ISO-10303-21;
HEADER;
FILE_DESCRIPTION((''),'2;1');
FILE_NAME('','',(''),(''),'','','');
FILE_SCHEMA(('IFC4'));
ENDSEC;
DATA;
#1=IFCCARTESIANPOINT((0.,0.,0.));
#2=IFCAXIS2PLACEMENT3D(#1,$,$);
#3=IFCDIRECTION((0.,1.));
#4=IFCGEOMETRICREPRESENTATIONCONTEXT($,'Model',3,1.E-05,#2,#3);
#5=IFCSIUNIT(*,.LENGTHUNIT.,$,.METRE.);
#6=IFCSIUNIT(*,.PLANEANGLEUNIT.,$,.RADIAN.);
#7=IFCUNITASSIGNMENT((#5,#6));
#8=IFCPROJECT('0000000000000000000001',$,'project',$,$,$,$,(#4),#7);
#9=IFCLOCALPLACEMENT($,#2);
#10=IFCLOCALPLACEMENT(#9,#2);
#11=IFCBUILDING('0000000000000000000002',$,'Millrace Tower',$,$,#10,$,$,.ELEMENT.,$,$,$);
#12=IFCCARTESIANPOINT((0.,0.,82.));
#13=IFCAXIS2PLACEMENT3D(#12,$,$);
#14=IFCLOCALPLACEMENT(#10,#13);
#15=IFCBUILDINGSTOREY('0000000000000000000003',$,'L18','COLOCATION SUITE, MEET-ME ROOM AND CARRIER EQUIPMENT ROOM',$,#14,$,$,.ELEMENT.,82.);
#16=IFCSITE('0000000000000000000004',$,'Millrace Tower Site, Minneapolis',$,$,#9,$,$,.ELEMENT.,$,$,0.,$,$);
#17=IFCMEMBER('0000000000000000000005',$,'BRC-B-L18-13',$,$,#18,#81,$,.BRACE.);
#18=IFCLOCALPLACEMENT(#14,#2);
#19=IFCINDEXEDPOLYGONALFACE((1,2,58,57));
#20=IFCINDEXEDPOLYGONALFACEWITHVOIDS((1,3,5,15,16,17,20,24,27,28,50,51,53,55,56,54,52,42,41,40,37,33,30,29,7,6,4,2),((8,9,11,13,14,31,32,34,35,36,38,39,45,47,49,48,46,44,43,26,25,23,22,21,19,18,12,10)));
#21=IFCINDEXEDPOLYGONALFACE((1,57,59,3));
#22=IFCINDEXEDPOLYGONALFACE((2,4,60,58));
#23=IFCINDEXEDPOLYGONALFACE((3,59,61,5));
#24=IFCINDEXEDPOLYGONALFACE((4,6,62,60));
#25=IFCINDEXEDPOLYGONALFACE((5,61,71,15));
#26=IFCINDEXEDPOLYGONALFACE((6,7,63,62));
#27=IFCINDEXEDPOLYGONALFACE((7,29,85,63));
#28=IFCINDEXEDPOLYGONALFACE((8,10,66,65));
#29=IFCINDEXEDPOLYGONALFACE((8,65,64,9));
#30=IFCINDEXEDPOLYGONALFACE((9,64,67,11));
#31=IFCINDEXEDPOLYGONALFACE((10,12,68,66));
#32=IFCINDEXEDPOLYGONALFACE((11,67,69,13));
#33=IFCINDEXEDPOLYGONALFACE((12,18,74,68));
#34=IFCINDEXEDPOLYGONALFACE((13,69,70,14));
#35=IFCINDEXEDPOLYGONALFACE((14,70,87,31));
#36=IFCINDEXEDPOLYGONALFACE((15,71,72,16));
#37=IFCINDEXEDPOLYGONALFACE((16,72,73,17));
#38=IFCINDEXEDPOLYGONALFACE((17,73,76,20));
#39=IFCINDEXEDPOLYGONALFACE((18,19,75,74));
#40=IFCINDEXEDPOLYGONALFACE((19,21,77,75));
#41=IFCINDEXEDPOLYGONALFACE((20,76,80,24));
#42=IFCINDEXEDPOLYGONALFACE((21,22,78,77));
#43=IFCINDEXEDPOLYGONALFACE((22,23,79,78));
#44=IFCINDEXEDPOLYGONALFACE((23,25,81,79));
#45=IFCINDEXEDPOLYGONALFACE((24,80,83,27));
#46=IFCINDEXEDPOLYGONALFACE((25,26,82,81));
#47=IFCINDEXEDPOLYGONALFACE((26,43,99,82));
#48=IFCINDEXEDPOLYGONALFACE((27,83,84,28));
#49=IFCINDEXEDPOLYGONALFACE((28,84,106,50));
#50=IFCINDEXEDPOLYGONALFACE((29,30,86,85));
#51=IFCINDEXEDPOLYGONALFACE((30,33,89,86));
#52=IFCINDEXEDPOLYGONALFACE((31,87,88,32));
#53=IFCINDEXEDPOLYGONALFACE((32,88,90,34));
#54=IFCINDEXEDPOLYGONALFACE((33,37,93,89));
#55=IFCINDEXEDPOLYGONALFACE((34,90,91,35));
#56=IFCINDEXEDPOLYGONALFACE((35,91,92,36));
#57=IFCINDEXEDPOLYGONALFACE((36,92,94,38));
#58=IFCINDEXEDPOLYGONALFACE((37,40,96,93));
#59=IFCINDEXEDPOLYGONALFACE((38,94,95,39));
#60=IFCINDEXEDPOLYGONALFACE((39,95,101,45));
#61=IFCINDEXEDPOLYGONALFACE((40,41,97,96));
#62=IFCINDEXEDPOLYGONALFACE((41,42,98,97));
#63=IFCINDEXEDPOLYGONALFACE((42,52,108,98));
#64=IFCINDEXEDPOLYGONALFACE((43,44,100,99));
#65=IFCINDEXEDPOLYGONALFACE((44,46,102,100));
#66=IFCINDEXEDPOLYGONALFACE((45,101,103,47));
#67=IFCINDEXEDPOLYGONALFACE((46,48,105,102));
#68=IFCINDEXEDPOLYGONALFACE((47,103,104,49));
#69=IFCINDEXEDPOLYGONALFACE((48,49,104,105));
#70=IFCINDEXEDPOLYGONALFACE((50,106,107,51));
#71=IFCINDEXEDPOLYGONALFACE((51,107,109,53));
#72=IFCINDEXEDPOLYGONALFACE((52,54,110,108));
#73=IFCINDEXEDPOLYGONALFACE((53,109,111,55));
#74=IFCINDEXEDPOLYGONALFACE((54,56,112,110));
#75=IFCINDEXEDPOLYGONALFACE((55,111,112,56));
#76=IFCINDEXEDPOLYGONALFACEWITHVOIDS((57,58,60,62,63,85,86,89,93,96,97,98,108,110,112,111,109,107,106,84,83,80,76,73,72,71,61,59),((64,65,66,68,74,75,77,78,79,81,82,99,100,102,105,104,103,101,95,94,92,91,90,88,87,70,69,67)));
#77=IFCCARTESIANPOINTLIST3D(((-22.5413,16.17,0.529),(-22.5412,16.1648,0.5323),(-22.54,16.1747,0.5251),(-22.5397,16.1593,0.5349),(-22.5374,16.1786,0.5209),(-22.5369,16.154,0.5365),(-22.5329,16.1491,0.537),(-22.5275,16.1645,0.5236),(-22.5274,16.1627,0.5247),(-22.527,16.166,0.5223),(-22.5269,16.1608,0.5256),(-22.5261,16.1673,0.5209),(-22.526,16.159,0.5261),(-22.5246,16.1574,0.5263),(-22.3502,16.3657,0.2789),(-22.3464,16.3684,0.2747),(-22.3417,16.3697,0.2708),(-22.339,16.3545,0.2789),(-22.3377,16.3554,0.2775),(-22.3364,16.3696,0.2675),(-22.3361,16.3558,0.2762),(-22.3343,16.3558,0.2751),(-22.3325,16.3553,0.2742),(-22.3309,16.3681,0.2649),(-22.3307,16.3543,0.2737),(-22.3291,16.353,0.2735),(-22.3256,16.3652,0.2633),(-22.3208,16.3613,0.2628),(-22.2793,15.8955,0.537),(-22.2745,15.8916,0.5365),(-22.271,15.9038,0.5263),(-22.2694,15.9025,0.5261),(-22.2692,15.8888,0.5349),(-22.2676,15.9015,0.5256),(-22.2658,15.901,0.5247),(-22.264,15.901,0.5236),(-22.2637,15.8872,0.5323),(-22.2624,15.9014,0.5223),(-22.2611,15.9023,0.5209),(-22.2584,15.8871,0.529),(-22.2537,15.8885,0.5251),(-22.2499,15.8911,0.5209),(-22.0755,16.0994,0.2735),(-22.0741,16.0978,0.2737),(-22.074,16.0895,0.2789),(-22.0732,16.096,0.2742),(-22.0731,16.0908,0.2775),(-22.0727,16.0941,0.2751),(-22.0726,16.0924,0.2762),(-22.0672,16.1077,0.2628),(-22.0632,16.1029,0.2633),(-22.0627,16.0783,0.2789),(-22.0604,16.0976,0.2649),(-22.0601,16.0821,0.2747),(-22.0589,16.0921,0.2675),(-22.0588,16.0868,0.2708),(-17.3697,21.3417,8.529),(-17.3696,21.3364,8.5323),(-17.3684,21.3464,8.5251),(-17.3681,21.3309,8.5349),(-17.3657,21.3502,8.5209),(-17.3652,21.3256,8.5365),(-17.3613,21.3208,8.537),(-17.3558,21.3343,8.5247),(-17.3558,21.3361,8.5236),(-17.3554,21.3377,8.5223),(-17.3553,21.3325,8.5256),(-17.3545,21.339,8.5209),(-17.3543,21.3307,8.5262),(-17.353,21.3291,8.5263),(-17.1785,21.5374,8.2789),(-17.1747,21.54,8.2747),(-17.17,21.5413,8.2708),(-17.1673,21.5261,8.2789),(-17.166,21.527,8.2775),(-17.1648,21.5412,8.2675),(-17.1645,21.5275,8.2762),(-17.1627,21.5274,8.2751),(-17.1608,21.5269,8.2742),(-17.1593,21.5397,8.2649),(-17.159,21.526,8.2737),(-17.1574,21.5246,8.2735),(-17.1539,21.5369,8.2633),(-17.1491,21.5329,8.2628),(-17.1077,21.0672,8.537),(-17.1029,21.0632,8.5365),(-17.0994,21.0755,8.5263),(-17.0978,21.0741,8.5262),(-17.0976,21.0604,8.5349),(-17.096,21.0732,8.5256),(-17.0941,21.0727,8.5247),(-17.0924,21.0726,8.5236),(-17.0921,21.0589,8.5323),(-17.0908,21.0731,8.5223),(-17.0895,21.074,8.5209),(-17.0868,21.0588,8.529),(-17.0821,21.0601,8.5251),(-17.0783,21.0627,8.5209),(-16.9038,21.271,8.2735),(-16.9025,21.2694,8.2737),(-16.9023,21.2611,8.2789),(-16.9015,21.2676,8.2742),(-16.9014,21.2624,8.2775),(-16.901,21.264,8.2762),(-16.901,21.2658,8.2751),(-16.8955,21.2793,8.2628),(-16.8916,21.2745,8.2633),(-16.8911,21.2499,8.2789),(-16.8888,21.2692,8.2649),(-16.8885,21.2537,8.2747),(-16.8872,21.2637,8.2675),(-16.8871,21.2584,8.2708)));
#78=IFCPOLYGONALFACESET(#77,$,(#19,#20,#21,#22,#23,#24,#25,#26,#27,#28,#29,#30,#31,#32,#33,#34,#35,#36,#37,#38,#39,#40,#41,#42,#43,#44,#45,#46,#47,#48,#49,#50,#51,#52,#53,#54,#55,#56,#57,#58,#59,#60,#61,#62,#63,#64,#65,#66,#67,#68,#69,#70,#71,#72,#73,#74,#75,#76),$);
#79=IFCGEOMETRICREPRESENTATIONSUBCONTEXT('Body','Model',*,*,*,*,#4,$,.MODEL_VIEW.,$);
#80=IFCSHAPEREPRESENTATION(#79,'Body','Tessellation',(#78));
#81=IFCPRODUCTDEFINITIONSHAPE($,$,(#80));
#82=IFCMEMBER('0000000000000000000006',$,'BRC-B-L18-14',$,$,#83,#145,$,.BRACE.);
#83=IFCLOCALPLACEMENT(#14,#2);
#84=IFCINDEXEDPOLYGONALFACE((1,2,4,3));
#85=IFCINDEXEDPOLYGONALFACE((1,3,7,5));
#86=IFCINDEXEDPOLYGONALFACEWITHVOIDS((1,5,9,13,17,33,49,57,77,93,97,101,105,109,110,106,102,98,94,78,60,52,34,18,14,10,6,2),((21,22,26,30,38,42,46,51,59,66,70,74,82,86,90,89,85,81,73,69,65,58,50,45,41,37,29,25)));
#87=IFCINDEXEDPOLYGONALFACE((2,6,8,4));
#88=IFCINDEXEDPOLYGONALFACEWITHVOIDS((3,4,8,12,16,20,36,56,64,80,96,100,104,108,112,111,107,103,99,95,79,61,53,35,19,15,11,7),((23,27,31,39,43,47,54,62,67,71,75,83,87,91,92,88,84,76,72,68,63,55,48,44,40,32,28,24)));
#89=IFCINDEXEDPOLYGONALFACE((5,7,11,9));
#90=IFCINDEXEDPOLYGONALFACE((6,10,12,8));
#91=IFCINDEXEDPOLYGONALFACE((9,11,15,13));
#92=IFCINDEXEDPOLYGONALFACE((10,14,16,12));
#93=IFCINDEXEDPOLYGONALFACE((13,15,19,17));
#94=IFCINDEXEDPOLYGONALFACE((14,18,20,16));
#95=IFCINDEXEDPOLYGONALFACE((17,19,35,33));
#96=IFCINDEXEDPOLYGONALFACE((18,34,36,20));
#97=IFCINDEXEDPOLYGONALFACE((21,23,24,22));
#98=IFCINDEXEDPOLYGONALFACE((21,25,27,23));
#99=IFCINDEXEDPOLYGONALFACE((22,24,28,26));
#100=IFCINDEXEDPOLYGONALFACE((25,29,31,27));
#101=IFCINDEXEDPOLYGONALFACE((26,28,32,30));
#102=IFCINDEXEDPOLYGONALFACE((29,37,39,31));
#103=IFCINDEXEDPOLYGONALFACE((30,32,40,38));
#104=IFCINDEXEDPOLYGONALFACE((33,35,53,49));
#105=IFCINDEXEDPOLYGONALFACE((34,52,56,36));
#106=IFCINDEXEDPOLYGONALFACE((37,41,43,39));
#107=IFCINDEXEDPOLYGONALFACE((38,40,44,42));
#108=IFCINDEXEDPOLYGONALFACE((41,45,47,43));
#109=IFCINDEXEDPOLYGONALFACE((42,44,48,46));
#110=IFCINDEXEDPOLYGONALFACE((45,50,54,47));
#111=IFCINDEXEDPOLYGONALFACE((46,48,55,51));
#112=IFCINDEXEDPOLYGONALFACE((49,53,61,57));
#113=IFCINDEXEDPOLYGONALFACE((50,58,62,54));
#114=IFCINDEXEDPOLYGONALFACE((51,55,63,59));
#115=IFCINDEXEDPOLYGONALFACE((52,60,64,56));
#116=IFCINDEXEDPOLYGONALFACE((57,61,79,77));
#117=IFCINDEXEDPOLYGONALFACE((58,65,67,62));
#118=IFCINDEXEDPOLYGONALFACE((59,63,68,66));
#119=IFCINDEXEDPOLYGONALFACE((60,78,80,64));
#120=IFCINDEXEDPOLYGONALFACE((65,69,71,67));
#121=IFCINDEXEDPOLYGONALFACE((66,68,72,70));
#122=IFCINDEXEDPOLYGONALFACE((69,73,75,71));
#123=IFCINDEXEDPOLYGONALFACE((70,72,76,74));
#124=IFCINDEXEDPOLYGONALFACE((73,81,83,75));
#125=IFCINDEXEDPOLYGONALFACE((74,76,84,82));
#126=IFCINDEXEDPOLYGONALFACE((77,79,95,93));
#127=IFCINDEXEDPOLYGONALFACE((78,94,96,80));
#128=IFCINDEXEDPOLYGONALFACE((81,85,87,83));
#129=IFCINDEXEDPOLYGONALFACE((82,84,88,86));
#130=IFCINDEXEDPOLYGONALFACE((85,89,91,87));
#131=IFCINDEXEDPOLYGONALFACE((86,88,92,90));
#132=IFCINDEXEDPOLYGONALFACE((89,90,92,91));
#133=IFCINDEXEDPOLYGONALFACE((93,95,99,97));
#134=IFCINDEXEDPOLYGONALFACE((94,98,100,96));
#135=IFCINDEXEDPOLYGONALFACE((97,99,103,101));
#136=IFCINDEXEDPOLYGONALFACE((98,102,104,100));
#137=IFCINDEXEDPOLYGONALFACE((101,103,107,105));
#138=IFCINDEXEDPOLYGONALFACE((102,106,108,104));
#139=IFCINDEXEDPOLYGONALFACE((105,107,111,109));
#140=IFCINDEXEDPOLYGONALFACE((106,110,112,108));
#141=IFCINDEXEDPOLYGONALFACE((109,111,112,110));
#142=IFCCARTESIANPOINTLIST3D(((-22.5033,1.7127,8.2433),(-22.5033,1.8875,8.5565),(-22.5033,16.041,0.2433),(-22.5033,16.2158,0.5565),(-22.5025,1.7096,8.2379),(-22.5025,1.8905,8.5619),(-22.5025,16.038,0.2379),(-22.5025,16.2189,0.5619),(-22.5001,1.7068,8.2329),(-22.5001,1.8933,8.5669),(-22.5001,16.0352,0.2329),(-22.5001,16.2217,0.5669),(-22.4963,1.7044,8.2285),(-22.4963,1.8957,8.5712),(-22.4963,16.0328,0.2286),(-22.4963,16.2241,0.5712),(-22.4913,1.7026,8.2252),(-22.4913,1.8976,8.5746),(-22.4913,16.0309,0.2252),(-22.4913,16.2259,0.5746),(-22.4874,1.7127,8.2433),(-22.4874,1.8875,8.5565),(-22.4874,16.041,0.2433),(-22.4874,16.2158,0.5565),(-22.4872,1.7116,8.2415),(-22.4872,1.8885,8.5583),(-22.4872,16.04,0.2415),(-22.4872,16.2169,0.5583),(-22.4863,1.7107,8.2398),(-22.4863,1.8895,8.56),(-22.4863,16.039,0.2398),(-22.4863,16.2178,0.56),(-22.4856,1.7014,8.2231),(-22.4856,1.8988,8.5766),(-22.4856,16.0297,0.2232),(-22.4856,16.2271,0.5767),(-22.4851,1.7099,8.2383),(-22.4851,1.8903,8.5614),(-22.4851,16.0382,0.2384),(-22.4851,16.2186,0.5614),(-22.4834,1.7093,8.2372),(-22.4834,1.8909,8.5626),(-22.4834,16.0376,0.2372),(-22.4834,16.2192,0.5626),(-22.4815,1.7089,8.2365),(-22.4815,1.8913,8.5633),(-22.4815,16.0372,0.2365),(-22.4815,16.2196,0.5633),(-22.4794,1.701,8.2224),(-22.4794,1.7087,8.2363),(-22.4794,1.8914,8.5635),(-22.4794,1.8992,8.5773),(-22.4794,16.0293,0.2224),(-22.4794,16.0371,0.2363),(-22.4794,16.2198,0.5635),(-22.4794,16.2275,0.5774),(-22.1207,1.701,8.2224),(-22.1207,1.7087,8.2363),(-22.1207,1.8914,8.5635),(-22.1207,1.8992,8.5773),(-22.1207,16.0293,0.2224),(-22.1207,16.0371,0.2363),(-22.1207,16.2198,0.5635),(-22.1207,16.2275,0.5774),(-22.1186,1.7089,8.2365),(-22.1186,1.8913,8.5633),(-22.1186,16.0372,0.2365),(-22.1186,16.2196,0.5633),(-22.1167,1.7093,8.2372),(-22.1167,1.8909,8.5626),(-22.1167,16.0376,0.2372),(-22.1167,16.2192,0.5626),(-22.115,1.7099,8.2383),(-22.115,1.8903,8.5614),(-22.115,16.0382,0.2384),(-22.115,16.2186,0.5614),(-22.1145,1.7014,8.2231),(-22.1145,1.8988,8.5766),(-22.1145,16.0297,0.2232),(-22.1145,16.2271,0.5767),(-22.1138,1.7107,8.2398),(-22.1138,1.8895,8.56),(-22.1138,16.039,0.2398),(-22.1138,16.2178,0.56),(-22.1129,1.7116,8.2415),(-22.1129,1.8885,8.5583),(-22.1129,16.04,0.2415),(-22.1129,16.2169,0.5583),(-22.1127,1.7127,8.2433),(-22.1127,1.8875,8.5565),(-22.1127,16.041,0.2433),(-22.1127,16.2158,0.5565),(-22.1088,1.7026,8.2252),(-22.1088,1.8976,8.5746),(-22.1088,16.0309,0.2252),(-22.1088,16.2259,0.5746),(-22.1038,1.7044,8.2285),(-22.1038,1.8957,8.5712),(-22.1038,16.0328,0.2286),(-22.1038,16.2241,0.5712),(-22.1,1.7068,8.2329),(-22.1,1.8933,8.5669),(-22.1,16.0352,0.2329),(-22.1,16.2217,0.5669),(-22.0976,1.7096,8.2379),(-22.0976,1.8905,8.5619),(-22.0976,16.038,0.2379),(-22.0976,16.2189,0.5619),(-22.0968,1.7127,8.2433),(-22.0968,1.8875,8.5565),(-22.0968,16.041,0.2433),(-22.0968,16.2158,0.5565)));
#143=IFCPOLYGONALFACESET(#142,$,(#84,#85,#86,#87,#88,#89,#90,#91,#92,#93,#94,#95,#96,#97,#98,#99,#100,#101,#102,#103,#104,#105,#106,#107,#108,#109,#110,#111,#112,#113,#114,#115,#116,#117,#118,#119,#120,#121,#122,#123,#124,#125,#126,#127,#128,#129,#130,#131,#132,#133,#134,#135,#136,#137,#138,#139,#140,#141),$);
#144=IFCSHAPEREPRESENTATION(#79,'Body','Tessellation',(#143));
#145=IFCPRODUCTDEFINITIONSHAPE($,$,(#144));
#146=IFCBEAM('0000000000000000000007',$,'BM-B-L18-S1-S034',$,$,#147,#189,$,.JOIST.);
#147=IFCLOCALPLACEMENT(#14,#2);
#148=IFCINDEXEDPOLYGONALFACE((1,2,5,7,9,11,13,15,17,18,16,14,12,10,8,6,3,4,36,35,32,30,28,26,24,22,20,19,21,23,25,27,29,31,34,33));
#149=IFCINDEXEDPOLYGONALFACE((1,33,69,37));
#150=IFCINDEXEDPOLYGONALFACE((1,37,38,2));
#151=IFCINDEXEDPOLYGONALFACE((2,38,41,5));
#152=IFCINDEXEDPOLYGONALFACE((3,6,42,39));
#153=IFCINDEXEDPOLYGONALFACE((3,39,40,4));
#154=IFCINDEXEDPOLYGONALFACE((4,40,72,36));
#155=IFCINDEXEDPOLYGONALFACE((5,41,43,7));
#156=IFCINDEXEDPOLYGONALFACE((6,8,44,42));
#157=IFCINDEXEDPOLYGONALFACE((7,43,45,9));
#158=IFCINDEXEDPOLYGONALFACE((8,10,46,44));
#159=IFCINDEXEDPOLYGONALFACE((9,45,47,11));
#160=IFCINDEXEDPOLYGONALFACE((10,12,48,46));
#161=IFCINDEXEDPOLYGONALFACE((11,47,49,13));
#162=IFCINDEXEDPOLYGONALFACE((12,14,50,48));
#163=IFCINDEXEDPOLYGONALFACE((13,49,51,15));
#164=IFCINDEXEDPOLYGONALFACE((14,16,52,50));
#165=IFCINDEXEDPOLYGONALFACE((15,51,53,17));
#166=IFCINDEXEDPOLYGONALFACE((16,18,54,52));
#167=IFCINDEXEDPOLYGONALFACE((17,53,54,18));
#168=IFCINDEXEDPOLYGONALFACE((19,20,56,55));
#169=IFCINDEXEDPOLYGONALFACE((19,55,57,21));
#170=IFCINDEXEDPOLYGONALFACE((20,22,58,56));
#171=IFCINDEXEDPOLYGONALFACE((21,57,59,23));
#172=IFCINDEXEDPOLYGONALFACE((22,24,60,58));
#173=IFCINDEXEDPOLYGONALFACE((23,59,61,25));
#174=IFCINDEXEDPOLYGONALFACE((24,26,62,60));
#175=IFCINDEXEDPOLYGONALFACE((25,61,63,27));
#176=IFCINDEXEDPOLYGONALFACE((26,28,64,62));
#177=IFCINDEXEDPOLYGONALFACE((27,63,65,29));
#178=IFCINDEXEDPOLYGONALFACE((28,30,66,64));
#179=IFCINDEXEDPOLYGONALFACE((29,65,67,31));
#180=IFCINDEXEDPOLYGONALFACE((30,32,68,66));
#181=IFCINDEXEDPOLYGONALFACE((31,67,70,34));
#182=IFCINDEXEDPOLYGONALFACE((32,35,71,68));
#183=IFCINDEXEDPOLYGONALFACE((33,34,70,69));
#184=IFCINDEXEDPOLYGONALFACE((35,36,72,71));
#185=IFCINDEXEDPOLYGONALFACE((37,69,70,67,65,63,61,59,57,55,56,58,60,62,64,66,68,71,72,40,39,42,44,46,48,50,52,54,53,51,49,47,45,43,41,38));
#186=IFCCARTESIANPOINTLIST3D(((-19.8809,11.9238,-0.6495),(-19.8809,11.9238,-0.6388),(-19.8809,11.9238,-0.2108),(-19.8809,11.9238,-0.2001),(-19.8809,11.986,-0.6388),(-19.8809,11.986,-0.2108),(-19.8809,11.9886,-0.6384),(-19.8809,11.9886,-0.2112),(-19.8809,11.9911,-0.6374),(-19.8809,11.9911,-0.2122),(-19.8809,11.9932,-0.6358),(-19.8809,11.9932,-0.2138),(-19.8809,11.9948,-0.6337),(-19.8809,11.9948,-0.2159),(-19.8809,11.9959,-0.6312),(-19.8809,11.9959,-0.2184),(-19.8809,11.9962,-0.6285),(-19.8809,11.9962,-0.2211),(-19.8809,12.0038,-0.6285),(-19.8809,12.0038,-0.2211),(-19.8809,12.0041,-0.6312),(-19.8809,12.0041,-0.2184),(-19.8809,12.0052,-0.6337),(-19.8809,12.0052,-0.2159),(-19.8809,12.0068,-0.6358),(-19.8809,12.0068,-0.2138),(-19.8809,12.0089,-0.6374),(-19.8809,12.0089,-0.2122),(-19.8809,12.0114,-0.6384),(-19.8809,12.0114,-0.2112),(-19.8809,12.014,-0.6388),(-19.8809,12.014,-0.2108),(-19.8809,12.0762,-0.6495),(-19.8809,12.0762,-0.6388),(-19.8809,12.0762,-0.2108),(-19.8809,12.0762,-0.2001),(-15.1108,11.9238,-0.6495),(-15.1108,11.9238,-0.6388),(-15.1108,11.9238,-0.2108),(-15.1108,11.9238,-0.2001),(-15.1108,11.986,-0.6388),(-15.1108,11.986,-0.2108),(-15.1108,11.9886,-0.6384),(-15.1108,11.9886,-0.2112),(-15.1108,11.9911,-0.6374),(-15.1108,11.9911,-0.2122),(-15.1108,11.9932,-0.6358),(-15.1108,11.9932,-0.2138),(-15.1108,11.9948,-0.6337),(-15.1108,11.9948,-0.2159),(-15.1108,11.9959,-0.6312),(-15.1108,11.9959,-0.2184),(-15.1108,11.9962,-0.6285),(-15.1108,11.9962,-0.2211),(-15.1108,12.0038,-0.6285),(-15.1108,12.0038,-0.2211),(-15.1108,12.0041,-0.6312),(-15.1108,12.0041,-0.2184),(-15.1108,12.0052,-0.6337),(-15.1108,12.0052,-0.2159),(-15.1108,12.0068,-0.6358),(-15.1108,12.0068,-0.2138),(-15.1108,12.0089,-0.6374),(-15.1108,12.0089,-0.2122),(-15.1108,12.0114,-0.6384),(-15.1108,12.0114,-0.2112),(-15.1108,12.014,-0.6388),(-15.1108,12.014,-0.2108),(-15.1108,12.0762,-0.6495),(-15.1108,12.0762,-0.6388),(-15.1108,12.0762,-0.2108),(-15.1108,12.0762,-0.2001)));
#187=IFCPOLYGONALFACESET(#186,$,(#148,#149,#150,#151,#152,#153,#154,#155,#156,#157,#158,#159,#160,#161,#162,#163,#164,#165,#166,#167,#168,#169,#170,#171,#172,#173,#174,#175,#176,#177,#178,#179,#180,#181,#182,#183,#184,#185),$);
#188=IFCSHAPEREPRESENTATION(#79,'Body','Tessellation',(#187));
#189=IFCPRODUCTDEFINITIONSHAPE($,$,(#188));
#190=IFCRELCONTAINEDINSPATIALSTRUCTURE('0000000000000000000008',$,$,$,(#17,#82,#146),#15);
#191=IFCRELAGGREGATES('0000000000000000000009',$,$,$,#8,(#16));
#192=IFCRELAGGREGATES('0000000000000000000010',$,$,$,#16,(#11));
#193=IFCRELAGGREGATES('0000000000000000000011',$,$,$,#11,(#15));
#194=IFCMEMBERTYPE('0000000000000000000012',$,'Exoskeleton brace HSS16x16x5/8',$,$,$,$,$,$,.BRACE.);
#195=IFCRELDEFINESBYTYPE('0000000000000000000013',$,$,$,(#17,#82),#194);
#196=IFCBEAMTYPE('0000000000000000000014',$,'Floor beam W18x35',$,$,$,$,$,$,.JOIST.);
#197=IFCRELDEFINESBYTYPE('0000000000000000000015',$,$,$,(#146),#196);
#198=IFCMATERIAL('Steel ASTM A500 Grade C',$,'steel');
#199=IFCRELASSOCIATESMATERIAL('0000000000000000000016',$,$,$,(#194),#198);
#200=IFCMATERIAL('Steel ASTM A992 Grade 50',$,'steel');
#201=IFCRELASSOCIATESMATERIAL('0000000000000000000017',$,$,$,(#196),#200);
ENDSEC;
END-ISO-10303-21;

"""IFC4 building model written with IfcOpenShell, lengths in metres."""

from ifc_helpers import new_model, si_unit, direction, frame, origin, origin_2d, place, context, subcontext, project, spatial, hollow_rectangle, i_section, extrude, material, material_profile, profile_set, type_object, element, save


model = new_model("IFC4")

# Units and contexts
model_context = context("Model", 3, precision=1e-05, world=origin(), true_north=direction((0.0, 1.0)))
body_context = subcontext(model_context, "Body", "Model", "MODEL_VIEW")
ifc_project = project(units=[si_unit("LENGTHUNIT", "METRE"), si_unit("PLANEANGLEUNIT", "RADIAN")], contexts=[model_context])

# Site, building, storey
site_placement = place(None, origin())
site = spatial("IfcSite", under=ifc_project, at=site_placement, Name="Millrace Tower Site, Minneapolis", CompositionType="ELEMENT", RefElevation=0.0)
building_placement = place(site_placement, origin())
building = spatial("IfcBuilding", under=site, at=building_placement, Name="Millrace Tower", CompositionType="ELEMENT")
storey_placement = place(building_placement, frame((0.0, 0.0, 82.0)))
storey = spatial("IfcBuildingStorey", under=building, at=storey_placement, Name="L18", Description="COLOCATION SUITE, MEET-ME ROOM AND CARRIER EQUIPMENT ROOM", CompositionType="ELEMENT", Elevation=82.0)

# Members
ifc_material_1 = material(Name="Steel ASTM A500 Grade C", Category="steel")
ifc_material_profile_1 = material_profile(ifc_material_1, hollow_rectangle(XDim=0.4065, YDim=0.4065, WallThickness=0.0159, InnerFilletRadius=0.0081, OuterFilletRadius=0.0239, at=origin_2d()))
ifc_profile_set_1 = profile_set([ifc_material_profile_1], Name="Steel ASTM A500 Grade C")
member_type_1 = type_object("IfcMemberType", Name="Exoskeleton brace HSS16x16x5/8", PredefinedType="BRACE", material=ifc_profile_set_1)
member_1_placement = place(storey_placement, frame((-22.3, 16.1284, 0.3999), z_axis=(0.477116, 0.477116, 0.738052), x_axis=(-0.707107, 0.707107, 0.0)))
element("IfcMember", 1, at=member_1_placement, inside=storey, type_object=member_type_1, Name="BRC-B-L18-13", PredefinedType="BRACE", context=body_context, shape_type="SweptSolid", body=[
    extrude(hollow_rectangle(XDim=0.4065, YDim=0.4065, WallThickness=0.0159, InnerFilletRadius=0.0081, OuterFilletRadius=0.0239, at=origin_2d()), origin(), (0.0, 0.0, 1.0), 10.8394),
])
member_2_placement = place(storey_placement, frame((-22.3, 16.1284, 0.3999), z_axis=(0.0, -0.873126, 0.487495), x_axis=(1.0, 0.0, 0.0)))
element("IfcMember", 2, at=member_2_placement, inside=storey, type_object=member_type_1, Name="BRC-B-L18-14", PredefinedType="BRACE", context=body_context, shape_type="SweptSolid", body=[
    extrude(hollow_rectangle(XDim=0.4065, YDim=0.4065, WallThickness=0.0159, InnerFilletRadius=0.0081, OuterFilletRadius=0.0239, at=origin_2d()), origin(), (0.0, 0.0, 1.0), 16.4104),
])

# Beam
ifc_material_2 = material(Name="Steel ASTM A992 Grade 50", Category="steel")
ifc_material_profile_2 = material_profile(ifc_material_2, i_section(OverallWidth=0.1523, OverallDepth=0.4495, WebThickness=0.0076, FlangeThickness=0.0107, FilletRadius=0.0103, at=origin_2d()))
ifc_profile_set_2 = profile_set([ifc_material_profile_2], Name="Steel ASTM A992 Grade 50")
beam_type_1 = type_object("IfcBeamType", Name="Floor beam W18x35", PredefinedType="JOIST", material=ifc_profile_set_2)
for number, where, z_axis, x_axis, name in (
    (3, (-19.8809, 12.0, -0.4248), (1.0, 0.0, 0.0), (0.0, 1.0, 0.0), "BM-B-L18-S1-S034"),
):
    element("IfcBeam", number, at=place(storey_placement, frame(where, z_axis=z_axis, x_axis=x_axis)), inside=storey, type_object=beam_type_1, Name=name, PredefinedType="JOIST", context=body_context, shape_type="SweptSolid", body=[
        extrude(i_section(OverallWidth=0.1523, OverallDepth=0.4495, WebThickness=0.0076, FlangeThickness=0.0107, FilletRadius=0.0103, at=origin_2d()), origin(), (0.0, 0.0, 1.0), 4.77),
    ])

save(model, "model.ifc")
